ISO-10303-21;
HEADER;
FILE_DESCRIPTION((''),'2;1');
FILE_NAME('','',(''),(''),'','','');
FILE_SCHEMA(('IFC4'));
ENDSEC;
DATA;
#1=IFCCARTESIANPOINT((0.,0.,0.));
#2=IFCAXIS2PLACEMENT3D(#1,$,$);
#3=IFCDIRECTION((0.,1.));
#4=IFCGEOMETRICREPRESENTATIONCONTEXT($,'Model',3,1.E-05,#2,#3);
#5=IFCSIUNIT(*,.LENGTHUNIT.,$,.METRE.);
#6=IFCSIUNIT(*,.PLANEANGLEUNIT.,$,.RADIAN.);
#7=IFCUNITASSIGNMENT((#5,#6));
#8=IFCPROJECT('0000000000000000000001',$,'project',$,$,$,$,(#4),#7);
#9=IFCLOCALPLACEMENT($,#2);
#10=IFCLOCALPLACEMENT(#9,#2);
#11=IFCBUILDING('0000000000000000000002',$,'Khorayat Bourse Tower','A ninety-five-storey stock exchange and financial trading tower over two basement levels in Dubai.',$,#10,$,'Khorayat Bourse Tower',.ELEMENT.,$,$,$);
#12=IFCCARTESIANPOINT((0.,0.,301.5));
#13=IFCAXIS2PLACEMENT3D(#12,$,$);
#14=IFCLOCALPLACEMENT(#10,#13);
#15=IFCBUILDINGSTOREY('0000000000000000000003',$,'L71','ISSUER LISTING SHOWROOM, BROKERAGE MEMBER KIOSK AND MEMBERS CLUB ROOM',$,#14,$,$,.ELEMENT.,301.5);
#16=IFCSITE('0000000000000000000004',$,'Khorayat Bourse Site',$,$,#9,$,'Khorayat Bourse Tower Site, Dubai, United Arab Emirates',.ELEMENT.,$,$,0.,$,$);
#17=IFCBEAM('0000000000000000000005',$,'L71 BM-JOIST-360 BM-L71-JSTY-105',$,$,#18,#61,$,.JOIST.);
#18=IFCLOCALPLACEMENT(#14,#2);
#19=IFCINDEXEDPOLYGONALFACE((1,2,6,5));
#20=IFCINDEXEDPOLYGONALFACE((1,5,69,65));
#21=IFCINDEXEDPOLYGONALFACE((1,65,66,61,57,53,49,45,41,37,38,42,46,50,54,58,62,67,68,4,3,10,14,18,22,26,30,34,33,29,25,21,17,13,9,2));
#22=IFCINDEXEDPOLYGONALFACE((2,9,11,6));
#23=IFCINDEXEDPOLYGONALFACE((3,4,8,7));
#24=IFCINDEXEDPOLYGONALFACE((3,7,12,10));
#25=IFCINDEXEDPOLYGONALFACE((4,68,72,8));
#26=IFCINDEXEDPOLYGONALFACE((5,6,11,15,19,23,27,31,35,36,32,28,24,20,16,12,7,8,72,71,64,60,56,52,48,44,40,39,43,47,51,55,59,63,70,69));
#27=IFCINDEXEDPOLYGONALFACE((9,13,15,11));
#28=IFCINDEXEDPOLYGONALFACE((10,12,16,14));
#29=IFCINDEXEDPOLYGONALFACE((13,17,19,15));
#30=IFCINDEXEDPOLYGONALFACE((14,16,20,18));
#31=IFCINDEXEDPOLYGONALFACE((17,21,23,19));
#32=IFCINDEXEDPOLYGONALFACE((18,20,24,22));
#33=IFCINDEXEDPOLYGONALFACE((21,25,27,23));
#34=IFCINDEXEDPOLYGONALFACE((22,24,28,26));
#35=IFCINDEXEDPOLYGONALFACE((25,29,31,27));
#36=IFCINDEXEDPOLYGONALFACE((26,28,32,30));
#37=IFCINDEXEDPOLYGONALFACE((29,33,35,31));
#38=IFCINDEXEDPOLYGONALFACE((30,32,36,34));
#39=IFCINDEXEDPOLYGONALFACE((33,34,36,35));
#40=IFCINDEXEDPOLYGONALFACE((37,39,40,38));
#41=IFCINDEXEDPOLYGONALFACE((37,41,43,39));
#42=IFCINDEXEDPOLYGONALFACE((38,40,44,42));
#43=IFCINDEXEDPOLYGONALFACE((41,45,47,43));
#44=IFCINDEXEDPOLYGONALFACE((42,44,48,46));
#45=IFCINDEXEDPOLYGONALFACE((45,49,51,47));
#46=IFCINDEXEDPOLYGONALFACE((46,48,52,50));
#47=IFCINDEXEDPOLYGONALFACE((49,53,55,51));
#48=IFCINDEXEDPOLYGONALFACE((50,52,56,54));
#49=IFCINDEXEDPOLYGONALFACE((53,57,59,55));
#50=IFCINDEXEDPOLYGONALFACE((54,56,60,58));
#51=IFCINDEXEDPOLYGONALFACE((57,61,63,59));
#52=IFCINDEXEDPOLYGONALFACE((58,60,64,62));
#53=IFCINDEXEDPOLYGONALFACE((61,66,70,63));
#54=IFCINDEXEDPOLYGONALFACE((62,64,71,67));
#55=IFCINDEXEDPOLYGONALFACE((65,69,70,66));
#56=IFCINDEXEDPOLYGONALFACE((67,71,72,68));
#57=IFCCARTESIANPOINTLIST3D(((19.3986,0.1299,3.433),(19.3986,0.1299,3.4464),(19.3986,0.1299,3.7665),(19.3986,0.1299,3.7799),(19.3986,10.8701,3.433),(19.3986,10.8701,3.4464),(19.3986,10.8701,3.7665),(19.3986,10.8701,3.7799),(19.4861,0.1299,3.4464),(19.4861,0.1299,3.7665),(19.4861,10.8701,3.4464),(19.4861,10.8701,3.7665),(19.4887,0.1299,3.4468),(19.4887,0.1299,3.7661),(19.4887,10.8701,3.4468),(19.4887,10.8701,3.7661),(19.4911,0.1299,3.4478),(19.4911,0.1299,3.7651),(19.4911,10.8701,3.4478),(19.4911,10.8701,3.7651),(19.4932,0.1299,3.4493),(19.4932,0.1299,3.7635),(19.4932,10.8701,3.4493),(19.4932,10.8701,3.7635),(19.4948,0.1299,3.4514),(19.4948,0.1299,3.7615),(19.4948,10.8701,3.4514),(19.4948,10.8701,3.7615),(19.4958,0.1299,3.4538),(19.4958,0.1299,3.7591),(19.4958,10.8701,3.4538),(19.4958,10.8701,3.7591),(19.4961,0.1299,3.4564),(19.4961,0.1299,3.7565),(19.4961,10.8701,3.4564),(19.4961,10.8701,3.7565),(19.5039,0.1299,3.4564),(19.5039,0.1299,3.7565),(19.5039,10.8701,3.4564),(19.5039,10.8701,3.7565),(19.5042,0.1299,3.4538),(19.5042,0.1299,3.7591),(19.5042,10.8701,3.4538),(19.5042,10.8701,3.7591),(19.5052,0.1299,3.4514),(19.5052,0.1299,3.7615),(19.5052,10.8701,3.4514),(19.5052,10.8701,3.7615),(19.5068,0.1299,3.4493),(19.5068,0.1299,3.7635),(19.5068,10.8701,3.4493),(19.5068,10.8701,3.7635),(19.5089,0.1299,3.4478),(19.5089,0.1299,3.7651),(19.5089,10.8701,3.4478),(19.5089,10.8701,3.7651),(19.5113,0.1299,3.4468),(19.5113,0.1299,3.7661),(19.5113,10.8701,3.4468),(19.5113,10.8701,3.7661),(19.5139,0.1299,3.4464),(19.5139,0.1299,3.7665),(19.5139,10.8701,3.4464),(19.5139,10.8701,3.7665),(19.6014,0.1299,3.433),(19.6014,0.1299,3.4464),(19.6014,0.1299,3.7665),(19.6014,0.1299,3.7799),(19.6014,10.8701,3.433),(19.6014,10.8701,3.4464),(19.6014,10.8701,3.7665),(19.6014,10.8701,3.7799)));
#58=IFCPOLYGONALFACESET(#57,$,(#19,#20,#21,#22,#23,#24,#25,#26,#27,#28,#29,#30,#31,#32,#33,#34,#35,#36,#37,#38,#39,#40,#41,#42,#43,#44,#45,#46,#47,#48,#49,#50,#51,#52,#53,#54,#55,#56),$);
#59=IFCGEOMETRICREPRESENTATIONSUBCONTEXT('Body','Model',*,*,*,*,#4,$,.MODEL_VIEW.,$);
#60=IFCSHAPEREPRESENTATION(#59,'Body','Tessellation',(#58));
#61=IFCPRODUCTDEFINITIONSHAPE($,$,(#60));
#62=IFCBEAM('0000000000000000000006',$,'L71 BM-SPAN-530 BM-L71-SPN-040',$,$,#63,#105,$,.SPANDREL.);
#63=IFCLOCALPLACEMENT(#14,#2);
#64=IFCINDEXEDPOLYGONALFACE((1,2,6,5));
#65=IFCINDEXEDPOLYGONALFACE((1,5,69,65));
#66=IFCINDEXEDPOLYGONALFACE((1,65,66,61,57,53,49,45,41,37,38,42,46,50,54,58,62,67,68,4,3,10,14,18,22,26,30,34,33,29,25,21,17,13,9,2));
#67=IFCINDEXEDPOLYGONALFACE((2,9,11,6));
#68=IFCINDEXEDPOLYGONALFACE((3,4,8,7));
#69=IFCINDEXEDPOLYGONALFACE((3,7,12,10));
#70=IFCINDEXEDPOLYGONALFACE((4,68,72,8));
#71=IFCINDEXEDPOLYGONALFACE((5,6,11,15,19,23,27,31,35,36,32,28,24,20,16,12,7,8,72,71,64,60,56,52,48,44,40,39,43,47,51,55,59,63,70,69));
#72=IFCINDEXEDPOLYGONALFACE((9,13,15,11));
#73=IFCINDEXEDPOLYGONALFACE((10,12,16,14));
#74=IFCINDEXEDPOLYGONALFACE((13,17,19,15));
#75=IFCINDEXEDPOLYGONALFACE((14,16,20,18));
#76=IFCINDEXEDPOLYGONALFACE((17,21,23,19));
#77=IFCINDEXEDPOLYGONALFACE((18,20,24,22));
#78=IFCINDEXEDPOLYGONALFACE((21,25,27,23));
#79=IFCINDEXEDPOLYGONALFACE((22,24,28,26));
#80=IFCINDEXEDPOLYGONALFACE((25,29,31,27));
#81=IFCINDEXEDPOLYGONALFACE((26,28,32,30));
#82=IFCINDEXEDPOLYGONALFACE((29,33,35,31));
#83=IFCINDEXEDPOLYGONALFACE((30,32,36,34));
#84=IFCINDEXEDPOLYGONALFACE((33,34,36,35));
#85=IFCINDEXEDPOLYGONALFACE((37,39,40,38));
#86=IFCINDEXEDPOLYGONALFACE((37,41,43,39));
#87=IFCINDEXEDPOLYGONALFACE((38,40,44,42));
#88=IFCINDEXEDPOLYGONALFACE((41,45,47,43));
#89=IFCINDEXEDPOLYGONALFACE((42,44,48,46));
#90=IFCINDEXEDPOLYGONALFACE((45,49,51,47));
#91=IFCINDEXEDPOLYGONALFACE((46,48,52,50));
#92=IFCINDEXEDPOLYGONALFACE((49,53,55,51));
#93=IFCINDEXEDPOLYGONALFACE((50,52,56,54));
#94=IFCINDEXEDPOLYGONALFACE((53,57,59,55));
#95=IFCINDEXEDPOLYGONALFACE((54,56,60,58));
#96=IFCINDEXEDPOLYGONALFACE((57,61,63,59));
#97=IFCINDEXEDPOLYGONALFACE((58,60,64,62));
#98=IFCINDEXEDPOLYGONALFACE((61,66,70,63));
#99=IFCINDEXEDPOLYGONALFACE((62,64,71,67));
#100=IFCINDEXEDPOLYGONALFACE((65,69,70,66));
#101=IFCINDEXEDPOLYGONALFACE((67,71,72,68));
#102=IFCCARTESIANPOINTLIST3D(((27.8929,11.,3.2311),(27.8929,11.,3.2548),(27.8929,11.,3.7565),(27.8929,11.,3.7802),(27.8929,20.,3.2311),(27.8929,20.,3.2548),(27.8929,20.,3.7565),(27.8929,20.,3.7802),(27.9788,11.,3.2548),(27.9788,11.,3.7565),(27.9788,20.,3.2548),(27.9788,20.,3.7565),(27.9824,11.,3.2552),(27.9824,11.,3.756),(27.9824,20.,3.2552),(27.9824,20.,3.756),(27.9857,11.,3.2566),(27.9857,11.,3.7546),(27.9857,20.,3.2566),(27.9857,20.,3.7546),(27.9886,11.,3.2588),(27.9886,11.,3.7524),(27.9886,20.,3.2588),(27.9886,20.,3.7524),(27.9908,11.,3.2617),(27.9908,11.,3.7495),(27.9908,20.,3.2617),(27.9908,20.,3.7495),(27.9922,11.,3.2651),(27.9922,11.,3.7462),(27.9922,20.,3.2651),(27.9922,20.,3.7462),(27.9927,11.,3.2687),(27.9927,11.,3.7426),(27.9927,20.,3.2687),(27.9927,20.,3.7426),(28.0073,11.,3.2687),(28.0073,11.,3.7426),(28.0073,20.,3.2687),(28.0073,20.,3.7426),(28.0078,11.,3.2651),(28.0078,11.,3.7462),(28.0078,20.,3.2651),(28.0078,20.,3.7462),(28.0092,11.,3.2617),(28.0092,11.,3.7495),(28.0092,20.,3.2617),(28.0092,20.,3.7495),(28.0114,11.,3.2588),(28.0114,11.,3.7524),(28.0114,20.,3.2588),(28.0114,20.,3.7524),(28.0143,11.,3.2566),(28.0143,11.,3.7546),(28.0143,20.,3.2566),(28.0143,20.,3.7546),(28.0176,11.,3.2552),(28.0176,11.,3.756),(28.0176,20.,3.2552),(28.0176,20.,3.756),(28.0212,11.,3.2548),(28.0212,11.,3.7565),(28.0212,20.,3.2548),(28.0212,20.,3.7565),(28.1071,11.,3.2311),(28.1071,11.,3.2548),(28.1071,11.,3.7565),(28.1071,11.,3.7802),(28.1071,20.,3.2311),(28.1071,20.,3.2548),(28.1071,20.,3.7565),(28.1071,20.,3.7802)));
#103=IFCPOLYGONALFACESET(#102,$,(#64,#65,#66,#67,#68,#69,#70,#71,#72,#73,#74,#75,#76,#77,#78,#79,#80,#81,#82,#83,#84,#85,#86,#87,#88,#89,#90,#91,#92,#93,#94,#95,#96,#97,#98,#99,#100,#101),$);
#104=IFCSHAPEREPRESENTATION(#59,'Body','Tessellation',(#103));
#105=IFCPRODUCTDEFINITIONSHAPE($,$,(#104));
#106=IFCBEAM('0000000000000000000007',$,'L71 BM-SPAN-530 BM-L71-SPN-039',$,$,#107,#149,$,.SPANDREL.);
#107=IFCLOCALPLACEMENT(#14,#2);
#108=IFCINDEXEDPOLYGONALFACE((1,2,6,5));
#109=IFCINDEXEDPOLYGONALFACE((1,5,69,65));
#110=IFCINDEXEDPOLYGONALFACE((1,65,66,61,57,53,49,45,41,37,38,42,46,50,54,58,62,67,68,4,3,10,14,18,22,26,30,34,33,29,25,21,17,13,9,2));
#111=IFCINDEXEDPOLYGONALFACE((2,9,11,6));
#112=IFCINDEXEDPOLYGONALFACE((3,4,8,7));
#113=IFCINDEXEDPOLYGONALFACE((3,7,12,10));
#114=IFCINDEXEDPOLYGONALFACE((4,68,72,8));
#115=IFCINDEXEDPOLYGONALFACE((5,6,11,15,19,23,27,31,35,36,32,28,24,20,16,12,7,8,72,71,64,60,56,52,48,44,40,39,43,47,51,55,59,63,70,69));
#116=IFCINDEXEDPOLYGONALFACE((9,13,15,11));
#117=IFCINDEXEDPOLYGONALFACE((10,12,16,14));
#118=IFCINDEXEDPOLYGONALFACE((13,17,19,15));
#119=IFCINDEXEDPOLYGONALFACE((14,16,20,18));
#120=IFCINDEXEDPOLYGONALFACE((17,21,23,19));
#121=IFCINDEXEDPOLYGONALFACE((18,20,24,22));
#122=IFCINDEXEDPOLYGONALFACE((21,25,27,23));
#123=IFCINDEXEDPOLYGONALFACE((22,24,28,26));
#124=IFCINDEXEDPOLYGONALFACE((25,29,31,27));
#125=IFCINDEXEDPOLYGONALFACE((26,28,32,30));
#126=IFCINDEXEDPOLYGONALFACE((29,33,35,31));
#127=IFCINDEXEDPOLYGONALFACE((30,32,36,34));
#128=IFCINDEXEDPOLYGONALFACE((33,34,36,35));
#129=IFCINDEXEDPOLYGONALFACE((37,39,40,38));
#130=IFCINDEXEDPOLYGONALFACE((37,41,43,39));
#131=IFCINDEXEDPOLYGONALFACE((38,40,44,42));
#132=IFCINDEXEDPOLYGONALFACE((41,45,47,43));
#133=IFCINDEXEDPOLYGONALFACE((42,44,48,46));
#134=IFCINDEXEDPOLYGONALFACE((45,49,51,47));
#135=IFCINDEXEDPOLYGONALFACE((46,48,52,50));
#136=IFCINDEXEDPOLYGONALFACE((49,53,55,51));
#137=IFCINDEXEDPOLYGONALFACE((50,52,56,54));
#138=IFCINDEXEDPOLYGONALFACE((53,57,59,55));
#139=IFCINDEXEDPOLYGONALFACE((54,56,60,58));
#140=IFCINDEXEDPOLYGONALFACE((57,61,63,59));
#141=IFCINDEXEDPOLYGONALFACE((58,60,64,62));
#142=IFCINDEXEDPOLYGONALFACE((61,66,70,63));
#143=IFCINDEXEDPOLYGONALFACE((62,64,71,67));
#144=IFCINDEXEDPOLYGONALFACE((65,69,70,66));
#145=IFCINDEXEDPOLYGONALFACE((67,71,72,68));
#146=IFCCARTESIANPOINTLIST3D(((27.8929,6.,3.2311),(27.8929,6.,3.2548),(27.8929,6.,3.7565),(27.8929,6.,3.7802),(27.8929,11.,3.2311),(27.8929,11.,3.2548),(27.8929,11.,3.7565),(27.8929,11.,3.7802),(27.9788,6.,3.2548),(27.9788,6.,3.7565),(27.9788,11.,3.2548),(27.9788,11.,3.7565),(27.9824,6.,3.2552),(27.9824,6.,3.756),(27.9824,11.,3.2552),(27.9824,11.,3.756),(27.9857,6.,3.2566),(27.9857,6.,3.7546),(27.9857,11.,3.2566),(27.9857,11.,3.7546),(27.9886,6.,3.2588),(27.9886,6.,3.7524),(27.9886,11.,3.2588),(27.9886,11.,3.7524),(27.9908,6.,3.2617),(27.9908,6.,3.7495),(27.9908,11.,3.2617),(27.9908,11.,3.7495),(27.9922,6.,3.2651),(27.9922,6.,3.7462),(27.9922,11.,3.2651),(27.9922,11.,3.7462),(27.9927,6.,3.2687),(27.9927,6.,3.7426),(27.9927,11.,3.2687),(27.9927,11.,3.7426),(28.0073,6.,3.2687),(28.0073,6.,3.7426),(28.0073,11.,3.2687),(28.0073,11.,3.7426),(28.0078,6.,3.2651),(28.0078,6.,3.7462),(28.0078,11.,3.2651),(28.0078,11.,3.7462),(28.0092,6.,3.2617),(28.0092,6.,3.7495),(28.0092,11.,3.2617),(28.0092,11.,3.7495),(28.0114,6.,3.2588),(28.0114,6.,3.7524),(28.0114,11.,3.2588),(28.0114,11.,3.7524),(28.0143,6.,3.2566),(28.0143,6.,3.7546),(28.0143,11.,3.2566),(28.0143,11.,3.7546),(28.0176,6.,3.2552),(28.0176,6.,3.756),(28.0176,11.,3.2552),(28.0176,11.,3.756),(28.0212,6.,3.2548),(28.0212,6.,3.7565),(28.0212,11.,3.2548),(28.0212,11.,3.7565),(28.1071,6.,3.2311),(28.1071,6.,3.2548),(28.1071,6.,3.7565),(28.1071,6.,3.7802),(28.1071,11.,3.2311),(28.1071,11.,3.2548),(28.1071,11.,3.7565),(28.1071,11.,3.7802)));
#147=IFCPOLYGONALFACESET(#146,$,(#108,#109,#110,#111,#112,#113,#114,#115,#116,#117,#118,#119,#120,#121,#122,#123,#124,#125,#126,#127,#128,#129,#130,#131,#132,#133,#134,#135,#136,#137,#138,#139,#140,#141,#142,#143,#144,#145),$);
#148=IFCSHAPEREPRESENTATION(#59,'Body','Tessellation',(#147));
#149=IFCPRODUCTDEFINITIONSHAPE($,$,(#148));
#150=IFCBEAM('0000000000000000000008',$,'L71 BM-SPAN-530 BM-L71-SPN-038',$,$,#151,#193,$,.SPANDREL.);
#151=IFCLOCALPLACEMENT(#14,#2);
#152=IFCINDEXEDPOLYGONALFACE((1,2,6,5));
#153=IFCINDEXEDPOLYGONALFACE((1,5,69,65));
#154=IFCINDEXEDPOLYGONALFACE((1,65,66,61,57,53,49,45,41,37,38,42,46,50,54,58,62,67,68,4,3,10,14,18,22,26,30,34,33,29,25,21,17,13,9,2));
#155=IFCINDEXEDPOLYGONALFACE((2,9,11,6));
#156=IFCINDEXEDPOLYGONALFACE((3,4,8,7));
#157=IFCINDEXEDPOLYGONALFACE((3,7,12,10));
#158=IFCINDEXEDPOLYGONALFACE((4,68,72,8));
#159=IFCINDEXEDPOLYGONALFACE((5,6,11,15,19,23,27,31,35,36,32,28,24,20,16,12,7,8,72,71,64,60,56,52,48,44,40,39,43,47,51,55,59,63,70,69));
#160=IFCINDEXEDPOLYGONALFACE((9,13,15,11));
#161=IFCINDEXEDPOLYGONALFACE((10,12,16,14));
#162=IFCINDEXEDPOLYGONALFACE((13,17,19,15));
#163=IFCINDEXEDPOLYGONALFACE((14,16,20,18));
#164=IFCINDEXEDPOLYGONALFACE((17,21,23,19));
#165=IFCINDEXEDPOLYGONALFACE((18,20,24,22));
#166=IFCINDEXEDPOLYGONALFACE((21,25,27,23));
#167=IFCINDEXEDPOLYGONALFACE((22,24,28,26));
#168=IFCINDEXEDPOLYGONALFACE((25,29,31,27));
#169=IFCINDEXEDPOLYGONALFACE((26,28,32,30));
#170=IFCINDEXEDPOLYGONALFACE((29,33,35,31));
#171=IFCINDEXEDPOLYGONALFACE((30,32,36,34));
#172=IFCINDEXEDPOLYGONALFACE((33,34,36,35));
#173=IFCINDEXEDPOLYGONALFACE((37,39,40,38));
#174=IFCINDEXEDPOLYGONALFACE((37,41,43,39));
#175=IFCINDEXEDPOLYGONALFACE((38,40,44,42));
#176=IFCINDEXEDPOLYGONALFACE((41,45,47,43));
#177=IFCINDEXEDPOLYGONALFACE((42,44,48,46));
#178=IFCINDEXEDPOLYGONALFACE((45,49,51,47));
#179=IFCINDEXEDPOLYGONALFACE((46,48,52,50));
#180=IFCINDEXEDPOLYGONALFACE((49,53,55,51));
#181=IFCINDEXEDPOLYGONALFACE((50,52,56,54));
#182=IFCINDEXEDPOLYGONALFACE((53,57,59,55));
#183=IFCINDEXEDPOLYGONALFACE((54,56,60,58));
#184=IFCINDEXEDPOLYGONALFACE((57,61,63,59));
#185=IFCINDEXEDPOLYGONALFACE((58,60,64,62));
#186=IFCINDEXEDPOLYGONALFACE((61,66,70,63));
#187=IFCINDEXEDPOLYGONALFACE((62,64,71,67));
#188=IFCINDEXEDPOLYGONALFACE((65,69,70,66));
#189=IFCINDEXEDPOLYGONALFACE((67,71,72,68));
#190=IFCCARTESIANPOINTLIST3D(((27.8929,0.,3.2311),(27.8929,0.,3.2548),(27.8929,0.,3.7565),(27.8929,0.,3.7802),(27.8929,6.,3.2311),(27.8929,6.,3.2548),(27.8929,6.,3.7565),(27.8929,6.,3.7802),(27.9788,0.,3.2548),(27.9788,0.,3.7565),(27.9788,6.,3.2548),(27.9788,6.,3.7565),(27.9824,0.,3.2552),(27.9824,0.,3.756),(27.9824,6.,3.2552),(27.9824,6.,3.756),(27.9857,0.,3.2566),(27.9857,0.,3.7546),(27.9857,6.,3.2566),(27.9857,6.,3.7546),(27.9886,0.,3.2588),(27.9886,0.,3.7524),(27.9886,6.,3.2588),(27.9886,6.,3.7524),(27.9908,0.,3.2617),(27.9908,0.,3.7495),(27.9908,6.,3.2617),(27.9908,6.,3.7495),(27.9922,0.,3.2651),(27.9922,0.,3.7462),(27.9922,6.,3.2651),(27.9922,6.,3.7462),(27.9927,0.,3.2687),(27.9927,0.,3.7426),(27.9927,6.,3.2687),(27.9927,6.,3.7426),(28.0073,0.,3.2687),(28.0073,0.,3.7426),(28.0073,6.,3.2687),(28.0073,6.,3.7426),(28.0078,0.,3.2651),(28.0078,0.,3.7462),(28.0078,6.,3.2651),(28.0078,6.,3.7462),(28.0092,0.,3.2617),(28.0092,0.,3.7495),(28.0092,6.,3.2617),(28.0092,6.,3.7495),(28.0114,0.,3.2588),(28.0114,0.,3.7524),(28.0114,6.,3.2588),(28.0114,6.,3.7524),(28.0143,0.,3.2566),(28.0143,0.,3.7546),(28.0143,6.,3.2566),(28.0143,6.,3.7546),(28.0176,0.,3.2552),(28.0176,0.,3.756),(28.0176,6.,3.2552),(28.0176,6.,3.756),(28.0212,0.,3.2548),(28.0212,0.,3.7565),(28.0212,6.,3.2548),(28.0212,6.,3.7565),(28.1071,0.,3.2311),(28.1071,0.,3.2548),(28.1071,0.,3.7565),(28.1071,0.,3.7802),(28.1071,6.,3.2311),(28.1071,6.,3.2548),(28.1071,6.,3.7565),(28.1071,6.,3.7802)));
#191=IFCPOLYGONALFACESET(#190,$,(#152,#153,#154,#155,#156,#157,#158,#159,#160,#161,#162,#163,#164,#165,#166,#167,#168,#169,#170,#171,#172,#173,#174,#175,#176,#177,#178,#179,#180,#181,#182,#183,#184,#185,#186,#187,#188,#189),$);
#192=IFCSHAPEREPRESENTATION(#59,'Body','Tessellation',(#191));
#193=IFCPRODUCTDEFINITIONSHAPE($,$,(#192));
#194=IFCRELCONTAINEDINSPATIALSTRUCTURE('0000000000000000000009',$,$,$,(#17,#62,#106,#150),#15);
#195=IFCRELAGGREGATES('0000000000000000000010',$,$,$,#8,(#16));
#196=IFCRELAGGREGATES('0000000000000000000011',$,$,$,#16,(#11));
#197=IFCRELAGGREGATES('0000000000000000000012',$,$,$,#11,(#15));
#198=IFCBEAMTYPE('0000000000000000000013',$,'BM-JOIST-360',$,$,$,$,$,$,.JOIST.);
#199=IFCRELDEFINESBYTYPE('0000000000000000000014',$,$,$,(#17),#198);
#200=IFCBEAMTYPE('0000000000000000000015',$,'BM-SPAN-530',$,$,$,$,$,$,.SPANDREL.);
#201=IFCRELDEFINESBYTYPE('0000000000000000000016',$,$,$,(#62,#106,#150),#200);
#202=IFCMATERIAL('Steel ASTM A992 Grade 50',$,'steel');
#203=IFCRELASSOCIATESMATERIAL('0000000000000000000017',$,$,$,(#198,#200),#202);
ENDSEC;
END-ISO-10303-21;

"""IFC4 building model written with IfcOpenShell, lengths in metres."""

from ifc_helpers import new_model, si_unit, direction, frame, origin, origin_2d, place, context, subcontext, project, spatial, i_section, extrude, source, transform, mapped, material, material_profile, profile_set, type_object, element, save


model = new_model("IFC4")

# Units and contexts
model_context = context("Model", 3, precision=1e-05, world=origin(), true_north=direction((0.0, 1.0)))
body_context = subcontext(model_context, "Body", "Model", "MODEL_VIEW")
ifc_project = project(units=[si_unit("LENGTHUNIT", "METRE"), si_unit("PLANEANGLEUNIT", "RADIAN")], contexts=[model_context])

# Site, building, storey
site_placement = place(None, origin())
site = spatial("IfcSite", under=ifc_project, at=site_placement, Name="Khorayat Bourse Site", LongName="Khorayat Bourse Tower Site, Dubai, United Arab Emirates", CompositionType="ELEMENT", RefElevation=0.0)
building_placement = place(site_placement, origin())
building = spatial("IfcBuilding", under=site, at=building_placement, Name="Khorayat Bourse Tower", Description="A ninety-five-storey stock exchange and financial trading tower over two basement levels in Dubai.", LongName="Khorayat Bourse Tower", CompositionType="ELEMENT")
storey_placement = place(building_placement, frame((0.0, 0.0, 301.5)))
storey = spatial("IfcBuildingStorey", under=building, at=storey_placement, Name="L71", Description="ISSUER LISTING SHOWROOM, BROKERAGE MEMBER KIOSK AND MEMBERS CLUB ROOM", CompositionType="ELEMENT", Elevation=301.5)

# Shared definitions
ifc_material_1 = material(Name="Steel ASTM A992 Grade 50", Category="steel")

# Beams
ifc_material_profile_1 = material_profile(ifc_material_1, i_section(OverallWidth=0.2029, OverallDepth=0.3469, WebThickness=0.0078, FlangeThickness=0.0134, FilletRadius=0.01, at=origin_2d()), Name="W360X64")
ifc_profile_set_1 = profile_set([ifc_material_profile_1], Name="Steel ASTM A992 Grade 50")
beam_type_1 = type_object("IfcBeamType", Name="BM-JOIST-360", PredefinedType="JOIST", material=ifc_profile_set_1)
shared_shape_1 = source(origin(), body_context, "Body", "SweptSolid", [
    extrude(i_section(OverallWidth=0.2029, OverallDepth=0.3469, WebThickness=0.0078, FlangeThickness=0.0134, FilletRadius=0.01, at=origin_2d()), origin(), (0.0, 0.0, 1.0), 10.7402),
])
beam_1_placement = place(storey_placement, frame((19.5, 0.1299, 3.6064), z_axis=(0.0, 1.0, 0.0), x_axis=(-1.0, 0.0, 0.0)))
element("IfcBeam", 1, at=beam_1_placement, inside=storey, type_object=beam_type_1, Name="L71 BM-JOIST-360 BM-L71-JSTY-105", PredefinedType="JOIST", context=body_context, shape_type="MappedRepresentation", body=[
    mapped(shared_shape_1, transform((0.0, 0.0, 0.0), scale=1.0)),
])
ifc_material_profile_2 = material_profile(ifc_material_1, i_section(OverallWidth=0.2141, OverallDepth=0.5491, WebThickness=0.0146, FlangeThickness=0.0237, FilletRadius=0.0139, at=origin_2d()), Name="W530X138")
ifc_profile_set_2 = profile_set([ifc_material_profile_2], Name="Steel ASTM A992 Grade 50")
beam_type_2 = type_object("IfcBeamType", Name="BM-SPAN-530", PredefinedType="SPANDREL", material=ifc_profile_set_2)
shared_shape_2 = source(origin(), body_context, "Body", "SweptSolid", [
    extrude(i_section(OverallWidth=0.2141, OverallDepth=0.5491, WebThickness=0.0146, FlangeThickness=0.0237, FilletRadius=0.0139, at=origin_2d()), origin(), (0.0, 0.0, 1.0), 9.0),
])
beam_2_placement = place(storey_placement, frame((28.0, 11.0, 3.5056), z_axis=(0.0, 1.0, 0.0), x_axis=(-1.0, 0.0, 0.0)))
element("IfcBeam", 2, at=beam_2_placement, inside=storey, type_object=beam_type_2, Name="L71 BM-SPAN-530 BM-L71-SPN-040", PredefinedType="SPANDREL", context=body_context, shape_type="MappedRepresentation", body=[
    mapped(shared_shape_2, transform((0.0, 0.0, 0.0), scale=1.0)),
])
shared_shape_3 = source(origin(), body_context, "Body", "SweptSolid", [
    extrude(i_section(OverallWidth=0.2141, OverallDepth=0.5491, WebThickness=0.0146, FlangeThickness=0.0237, FilletRadius=0.0139, at=origin_2d()), origin(), (0.0, 0.0, 1.0), 5.0),
])
beam_3_placement = place(storey_placement, frame((28.0, 6.0, 3.5056), z_axis=(0.0, 1.0, 0.0), x_axis=(-1.0, 0.0, 0.0)))
element("IfcBeam", 3, at=beam_3_placement, inside=storey, type_object=beam_type_2, Name="L71 BM-SPAN-530 BM-L71-SPN-039", PredefinedType="SPANDREL", context=body_context, shape_type="MappedRepresentation", body=[
    mapped(shared_shape_3, transform((0.0, 0.0, 0.0), scale=1.0)),
])
shared_shape_4 = source(origin(), body_context, "Body", "SweptSolid", [
    extrude(i_section(OverallWidth=0.2141, OverallDepth=0.5491, WebThickness=0.0146, FlangeThickness=0.0237, FilletRadius=0.0139, at=origin_2d()), origin(), (0.0, 0.0, 1.0), 6.0),
])
beam_4_placement = place(storey_placement, frame((28.0, 0.0, 3.5056), z_axis=(0.0, 1.0, 0.0), x_axis=(-1.0, 0.0, 0.0)))
element("IfcBeam", 4, at=beam_4_placement, inside=storey, type_object=beam_type_2, Name="L71 BM-SPAN-530 BM-L71-SPN-038", PredefinedType="SPANDREL", context=body_context, shape_type="MappedRepresentation", body=[
    mapped(shared_shape_4, transform((0.0, 0.0, 0.0), scale=1.0)),
])

save(model, "model.ifc")
